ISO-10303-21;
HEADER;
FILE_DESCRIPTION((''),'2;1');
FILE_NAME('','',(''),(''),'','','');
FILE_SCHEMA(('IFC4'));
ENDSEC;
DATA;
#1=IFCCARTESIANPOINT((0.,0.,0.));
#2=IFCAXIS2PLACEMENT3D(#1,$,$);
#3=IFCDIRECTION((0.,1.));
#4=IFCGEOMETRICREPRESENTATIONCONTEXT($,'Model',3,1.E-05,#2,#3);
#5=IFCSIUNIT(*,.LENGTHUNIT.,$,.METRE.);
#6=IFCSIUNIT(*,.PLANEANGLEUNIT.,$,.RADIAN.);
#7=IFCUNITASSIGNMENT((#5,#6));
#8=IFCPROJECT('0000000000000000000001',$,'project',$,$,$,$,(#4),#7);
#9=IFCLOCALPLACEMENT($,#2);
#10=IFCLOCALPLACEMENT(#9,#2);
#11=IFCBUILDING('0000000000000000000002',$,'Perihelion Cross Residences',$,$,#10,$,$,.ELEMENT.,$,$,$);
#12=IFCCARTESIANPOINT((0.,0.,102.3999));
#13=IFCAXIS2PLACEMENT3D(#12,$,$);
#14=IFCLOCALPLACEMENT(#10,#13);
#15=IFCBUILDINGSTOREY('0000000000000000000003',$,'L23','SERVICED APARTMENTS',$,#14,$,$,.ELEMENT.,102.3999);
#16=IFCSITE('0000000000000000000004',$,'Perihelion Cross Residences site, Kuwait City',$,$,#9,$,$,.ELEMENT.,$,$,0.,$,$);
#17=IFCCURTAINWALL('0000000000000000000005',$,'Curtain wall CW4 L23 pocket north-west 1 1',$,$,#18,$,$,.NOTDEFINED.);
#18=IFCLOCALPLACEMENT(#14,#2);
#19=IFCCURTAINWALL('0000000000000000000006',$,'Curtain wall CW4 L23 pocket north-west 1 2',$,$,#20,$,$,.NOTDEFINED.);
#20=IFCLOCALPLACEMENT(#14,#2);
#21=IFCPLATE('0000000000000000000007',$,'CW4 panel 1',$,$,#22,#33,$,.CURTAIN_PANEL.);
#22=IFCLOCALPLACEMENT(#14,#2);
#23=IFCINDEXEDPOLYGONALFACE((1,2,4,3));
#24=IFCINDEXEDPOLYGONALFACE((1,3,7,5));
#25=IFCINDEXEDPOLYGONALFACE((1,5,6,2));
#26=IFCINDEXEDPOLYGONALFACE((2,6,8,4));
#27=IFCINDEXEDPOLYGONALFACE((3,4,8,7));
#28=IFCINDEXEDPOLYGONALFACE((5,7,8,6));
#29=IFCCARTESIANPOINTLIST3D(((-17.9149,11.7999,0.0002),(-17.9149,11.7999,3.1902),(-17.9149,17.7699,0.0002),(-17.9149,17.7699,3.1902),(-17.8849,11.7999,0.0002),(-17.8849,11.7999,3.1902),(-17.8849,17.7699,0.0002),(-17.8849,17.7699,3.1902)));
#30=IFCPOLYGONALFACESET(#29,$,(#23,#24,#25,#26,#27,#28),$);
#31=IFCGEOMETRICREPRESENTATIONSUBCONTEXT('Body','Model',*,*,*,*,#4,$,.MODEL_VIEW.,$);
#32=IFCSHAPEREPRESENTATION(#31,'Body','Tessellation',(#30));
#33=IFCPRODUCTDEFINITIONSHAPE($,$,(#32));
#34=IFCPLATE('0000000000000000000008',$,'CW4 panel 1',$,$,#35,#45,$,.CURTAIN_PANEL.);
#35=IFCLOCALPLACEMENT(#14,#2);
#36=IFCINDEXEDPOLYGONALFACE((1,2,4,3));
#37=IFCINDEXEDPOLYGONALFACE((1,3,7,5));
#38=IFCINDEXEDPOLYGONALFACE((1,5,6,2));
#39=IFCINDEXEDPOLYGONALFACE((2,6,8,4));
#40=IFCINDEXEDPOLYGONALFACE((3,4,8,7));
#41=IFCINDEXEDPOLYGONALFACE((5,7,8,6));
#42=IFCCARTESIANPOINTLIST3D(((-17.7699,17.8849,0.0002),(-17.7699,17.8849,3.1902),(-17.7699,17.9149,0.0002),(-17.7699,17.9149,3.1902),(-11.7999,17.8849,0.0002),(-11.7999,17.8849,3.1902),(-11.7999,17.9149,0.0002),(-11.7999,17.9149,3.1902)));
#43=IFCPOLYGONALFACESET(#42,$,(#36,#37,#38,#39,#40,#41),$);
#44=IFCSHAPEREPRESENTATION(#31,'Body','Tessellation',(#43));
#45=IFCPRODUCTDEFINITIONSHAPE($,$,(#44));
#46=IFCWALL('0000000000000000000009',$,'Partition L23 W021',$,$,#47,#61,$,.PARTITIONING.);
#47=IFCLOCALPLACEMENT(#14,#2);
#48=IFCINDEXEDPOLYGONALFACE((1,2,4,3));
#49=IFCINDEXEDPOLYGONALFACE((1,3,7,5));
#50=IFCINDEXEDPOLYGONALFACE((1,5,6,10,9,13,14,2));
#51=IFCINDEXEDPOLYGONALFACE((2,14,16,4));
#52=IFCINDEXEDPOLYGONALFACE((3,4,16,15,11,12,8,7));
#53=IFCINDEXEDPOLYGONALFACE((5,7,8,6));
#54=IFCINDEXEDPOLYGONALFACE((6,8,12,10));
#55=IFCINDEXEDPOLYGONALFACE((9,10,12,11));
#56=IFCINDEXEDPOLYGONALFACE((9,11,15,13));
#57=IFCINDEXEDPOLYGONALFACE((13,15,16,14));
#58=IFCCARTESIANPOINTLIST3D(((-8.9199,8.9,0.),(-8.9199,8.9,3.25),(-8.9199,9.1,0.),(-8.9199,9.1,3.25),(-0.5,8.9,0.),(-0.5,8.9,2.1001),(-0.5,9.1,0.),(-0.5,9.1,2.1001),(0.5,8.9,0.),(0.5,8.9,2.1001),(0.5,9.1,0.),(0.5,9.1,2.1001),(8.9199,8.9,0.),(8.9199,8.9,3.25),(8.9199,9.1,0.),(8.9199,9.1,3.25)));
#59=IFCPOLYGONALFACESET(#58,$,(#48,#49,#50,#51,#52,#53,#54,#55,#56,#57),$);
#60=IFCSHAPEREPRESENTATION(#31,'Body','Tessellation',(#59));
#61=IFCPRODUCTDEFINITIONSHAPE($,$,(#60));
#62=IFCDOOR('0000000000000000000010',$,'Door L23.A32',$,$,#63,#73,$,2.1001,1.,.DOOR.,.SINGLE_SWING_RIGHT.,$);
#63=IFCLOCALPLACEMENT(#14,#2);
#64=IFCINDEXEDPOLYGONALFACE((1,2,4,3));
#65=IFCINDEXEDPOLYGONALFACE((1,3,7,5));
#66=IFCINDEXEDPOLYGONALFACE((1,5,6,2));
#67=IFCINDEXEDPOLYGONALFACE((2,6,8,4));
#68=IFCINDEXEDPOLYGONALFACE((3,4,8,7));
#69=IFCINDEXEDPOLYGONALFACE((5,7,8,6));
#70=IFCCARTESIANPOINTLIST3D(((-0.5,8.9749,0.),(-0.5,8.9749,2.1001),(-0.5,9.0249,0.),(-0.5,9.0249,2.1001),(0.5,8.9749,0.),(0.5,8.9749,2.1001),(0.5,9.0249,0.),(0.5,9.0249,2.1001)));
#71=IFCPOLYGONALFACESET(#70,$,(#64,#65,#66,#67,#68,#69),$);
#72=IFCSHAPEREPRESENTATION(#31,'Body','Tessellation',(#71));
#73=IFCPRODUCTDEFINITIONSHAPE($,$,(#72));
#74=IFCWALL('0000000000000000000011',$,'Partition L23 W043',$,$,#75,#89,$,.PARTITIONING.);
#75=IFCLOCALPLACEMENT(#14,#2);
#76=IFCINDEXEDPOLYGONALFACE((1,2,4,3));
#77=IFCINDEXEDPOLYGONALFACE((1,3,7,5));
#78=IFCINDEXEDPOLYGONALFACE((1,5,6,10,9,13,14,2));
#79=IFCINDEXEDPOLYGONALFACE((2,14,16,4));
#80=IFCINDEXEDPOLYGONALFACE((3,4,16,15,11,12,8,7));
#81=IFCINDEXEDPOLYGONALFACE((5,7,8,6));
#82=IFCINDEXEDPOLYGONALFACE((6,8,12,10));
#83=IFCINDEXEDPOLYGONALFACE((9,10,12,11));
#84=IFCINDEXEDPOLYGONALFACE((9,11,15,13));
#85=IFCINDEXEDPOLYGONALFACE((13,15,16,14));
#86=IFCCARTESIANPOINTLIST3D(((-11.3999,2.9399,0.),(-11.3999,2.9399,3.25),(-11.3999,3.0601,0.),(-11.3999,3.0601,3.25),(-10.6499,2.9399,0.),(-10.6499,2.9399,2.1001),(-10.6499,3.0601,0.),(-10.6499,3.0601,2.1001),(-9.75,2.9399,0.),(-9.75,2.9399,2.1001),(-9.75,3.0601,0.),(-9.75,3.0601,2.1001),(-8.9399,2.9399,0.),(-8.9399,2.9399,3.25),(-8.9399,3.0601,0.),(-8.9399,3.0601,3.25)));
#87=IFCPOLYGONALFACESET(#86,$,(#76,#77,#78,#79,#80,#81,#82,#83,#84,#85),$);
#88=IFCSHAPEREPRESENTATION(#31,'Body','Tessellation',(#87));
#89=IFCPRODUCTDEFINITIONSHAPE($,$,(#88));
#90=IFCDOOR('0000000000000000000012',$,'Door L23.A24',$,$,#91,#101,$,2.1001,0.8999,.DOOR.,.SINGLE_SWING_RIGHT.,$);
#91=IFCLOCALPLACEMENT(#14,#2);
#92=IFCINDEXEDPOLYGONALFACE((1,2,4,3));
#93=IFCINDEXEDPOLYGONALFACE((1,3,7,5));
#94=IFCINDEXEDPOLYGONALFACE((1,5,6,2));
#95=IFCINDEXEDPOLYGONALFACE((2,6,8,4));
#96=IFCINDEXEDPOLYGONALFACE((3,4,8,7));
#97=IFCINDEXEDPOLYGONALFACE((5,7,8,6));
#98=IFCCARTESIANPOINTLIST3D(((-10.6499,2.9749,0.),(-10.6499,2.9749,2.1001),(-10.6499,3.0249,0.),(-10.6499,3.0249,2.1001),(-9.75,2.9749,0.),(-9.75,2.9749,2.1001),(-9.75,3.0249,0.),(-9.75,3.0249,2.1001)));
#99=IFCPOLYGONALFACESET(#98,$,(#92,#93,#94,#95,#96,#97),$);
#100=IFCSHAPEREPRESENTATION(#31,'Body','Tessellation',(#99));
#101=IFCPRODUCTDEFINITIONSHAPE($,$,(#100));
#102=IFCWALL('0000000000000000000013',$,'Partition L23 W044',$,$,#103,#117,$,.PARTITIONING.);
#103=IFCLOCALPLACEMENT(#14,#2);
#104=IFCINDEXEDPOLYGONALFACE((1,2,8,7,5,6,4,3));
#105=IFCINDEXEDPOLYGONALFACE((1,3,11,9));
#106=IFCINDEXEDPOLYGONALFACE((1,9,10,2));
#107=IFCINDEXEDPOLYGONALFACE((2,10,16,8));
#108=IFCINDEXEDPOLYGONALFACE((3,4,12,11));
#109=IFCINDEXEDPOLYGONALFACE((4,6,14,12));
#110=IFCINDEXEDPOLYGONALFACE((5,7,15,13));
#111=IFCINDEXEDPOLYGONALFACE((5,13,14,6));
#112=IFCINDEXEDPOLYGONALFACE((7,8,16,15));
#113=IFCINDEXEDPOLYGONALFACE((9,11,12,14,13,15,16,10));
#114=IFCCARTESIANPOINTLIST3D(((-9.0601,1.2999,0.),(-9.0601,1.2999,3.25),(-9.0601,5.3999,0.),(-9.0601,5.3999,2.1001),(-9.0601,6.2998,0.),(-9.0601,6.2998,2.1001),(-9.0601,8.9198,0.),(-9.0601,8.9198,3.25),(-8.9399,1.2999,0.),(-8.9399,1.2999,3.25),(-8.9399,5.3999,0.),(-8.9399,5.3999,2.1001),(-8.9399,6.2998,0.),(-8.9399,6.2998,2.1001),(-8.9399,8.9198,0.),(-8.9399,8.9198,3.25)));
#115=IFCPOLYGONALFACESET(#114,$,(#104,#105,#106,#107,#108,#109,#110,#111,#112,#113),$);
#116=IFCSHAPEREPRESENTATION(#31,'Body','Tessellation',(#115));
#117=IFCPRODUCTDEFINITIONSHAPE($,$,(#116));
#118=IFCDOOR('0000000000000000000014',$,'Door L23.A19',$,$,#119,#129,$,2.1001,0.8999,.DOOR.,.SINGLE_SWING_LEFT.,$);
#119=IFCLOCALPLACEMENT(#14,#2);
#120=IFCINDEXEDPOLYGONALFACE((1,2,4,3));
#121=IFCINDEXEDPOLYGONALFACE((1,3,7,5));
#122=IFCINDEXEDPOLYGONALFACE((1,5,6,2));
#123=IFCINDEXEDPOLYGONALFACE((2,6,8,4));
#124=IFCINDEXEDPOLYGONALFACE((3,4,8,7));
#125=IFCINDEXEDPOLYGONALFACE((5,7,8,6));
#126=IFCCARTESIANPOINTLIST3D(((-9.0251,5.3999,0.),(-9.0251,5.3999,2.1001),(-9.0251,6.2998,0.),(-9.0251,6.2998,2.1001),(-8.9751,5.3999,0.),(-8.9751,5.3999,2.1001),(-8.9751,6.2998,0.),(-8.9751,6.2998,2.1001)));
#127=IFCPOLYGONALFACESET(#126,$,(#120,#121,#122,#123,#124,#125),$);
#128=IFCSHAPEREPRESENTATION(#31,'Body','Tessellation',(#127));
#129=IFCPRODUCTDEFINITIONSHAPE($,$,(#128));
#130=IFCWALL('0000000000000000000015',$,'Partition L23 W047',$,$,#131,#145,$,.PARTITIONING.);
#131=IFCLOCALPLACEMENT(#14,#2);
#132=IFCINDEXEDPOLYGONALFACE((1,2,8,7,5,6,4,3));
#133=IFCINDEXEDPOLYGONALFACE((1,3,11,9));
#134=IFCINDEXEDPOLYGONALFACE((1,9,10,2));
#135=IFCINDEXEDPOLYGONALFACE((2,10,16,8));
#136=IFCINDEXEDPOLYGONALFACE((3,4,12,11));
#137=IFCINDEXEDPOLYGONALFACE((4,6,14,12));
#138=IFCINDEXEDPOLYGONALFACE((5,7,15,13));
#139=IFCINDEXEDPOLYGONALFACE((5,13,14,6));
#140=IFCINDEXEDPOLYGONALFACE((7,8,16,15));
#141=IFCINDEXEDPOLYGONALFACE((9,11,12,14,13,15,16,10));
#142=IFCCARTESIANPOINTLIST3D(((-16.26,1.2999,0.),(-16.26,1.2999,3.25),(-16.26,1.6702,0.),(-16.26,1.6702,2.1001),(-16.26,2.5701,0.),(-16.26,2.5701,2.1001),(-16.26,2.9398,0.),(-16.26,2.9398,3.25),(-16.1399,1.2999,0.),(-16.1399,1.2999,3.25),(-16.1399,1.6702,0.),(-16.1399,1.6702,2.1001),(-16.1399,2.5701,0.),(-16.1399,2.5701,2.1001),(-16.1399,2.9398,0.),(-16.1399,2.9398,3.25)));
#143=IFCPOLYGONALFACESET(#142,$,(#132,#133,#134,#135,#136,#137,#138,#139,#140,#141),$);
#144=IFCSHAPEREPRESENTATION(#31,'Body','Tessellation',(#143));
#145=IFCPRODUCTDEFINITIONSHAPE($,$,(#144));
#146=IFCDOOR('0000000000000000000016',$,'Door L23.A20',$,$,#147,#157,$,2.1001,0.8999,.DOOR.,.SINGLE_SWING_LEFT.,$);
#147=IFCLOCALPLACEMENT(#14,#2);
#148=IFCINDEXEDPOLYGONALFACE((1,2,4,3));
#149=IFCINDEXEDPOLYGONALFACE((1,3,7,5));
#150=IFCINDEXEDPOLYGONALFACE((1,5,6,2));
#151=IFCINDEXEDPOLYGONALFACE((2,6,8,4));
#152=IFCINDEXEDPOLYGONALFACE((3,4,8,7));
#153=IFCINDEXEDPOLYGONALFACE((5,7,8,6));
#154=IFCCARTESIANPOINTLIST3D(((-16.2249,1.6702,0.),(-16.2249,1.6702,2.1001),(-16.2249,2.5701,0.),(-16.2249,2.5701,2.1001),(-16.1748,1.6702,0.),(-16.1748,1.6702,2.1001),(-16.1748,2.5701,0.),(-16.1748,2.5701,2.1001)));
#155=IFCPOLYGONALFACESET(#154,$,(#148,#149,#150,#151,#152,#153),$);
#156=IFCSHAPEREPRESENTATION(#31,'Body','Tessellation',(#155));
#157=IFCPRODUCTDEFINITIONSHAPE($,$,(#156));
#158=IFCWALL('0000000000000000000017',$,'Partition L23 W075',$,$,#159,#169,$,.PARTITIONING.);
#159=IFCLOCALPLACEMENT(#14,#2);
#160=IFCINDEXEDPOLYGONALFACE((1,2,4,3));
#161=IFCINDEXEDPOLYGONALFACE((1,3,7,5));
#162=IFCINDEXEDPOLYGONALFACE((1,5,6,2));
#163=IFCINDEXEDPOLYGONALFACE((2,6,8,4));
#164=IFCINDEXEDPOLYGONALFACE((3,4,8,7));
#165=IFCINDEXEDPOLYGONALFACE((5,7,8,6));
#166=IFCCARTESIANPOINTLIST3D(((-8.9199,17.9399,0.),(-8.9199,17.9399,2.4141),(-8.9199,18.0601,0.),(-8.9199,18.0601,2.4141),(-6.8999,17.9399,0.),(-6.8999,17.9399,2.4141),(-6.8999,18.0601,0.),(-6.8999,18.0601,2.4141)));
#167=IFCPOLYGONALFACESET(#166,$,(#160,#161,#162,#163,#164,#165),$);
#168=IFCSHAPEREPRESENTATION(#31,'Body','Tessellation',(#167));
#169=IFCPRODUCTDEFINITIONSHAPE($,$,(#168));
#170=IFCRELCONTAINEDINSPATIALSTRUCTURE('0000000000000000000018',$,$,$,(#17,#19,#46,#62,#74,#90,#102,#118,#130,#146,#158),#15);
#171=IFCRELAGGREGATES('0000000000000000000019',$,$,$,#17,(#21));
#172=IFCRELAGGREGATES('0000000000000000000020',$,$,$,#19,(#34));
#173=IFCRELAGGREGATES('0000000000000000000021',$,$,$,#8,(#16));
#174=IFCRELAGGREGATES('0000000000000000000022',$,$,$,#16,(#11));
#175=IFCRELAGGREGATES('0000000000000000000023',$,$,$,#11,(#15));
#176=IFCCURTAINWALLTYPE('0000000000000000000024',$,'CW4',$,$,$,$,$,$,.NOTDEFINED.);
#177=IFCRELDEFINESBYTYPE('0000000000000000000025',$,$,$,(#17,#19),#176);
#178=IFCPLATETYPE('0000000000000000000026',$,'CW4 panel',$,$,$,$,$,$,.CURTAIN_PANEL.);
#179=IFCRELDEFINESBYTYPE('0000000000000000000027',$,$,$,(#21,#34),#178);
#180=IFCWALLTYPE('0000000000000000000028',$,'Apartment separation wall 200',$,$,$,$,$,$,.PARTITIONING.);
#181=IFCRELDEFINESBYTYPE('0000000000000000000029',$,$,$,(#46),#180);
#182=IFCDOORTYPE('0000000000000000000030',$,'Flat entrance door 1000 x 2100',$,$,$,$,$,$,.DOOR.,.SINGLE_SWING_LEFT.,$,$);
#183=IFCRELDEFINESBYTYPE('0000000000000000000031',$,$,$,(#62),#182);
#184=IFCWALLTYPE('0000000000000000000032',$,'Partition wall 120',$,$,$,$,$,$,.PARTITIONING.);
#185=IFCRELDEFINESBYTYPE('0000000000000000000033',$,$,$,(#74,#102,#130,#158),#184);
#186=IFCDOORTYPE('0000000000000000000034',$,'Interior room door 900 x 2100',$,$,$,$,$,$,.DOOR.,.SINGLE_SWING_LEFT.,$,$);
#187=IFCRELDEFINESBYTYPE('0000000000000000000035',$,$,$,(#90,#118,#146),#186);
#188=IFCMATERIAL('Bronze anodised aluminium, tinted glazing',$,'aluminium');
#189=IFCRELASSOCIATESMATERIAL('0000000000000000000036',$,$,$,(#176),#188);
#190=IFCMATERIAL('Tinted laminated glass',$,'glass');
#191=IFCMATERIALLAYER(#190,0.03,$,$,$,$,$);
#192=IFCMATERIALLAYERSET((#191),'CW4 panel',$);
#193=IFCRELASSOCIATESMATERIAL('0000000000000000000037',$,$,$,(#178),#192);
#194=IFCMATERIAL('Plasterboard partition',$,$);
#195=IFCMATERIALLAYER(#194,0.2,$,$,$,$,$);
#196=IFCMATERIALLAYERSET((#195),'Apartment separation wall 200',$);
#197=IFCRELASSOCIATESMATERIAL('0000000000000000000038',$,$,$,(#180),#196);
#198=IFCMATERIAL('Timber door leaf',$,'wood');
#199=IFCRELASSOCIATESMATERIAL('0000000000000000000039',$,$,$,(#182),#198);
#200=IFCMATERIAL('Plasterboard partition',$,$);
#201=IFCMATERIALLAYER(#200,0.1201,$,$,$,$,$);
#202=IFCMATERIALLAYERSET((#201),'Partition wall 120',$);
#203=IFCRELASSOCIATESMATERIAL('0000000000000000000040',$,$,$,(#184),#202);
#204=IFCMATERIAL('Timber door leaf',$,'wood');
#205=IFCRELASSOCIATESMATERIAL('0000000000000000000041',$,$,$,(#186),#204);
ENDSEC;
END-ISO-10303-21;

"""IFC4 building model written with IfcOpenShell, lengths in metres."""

from ifc_helpers import new_model, si_unit, direction, frame, frame_2d, origin, origin_2d, place, context, subcontext, project, spatial, rectangle, extrude, material, layer, layer_set, type_object, element, fill, aggregate, save


model = new_model("IFC4")

# Units and contexts
model_context = context("Model", 3, precision=1e-05, world=origin(), true_north=direction((0.0, 1.0)))
body_context = subcontext(model_context, "Body", "Model", "MODEL_VIEW")
ifc_project = project(units=[si_unit("LENGTHUNIT", "METRE"), si_unit("PLANEANGLEUNIT", "RADIAN")], contexts=[model_context])

# Site, building, storey
site_placement = place(None, origin())
site = spatial("IfcSite", under=ifc_project, at=site_placement, Name="Perihelion Cross Residences site, Kuwait City", CompositionType="ELEMENT", RefElevation=0.0)
building_placement = place(site_placement, origin())
building = spatial("IfcBuilding", under=site, at=building_placement, Name="Perihelion Cross Residences", CompositionType="ELEMENT")
storey_placement = place(building_placement, frame((0.0, 0.0, 102.3999)))
storey = spatial("IfcBuildingStorey", under=building, at=storey_placement, Name="L23", Description="SERVICED APARTMENTS", CompositionType="ELEMENT", Elevation=102.3999)

# Curtain wall
ifc_material_1 = material(Name="Bronze anodised aluminium, tinted glazing", Category="aluminium")
curtain_wall_type_1 = type_object("IfcCurtainWallType", Name="CW4", PredefinedType="NOTDEFINED", material=ifc_material_1)
curtain_wall_1_placement = place(storey_placement, origin())
curtain_wall_1 = element("IfcCurtainWall", 1, at=curtain_wall_1_placement, inside=storey, type_object=curtain_wall_type_1, Name="Curtain wall CW4 L23 pocket north-west 1 1", PredefinedType="NOTDEFINED")

# Curtain wall
curtain_wall_2_placement = place(storey_placement, origin())
curtain_wall_2 = element("IfcCurtainWall", 2, at=curtain_wall_2_placement, inside=storey, type_object=curtain_wall_type_1, Name="Curtain wall CW4 L23 pocket north-west 1 2", PredefinedType="NOTDEFINED")

# Plates
ifc_material_2 = material(Name="Tinted laminated glass", Category="glass")
ifc_layer_1 = layer(ifc_material_2, 0.03)
ifc_layer_set_1 = layer_set([ifc_layer_1], Name="CW4 panel")
plate_type_1 = type_object("IfcPlateType", Name="CW4 panel", PredefinedType="CURTAIN_PANEL", material=ifc_layer_set_1)
plate_1_placement = place(storey_placement, frame((-17.8999, 14.7849, 0.0002), z_axis=(0.0, 0.0, 1.0), x_axis=(0.0, 1.0, 0.0)))
plate_1 = element("IfcPlate", 3, at=plate_1_placement, type_object=plate_type_1, Name="CW4 panel 1", PredefinedType="CURTAIN_PANEL", context=body_context, shape_type="SweptSolid", body=[
    extrude(rectangle(XDim=5.97, YDim=0.03, at=origin_2d()), origin(), (0.0, 0.0, 1.0), 3.1899),
])
aggregate(curtain_wall_1, [plate_1])
plate_2_placement = place(storey_placement, frame((-14.7849, 17.8999, 0.0002), z_axis=(0.0, 0.0, 1.0), x_axis=(1.0, 0.0, 0.0)))
plate_2 = element("IfcPlate", 4, at=plate_2_placement, type_object=plate_type_1, Name="CW4 panel 1", PredefinedType="CURTAIN_PANEL", context=body_context, shape_type="SweptSolid", body=[
    extrude(rectangle(XDim=5.97, YDim=0.03, at=origin_2d()), origin(), (0.0, 0.0, 1.0), 3.1899),
])
aggregate(curtain_wall_2, [plate_2])

# Walls, openings, doors
ifc_material_3 = material(Name="Plasterboard partition")
ifc_layer_2 = layer(ifc_material_3, 0.2)
ifc_layer_set_2 = layer_set([ifc_layer_2], Name="Apartment separation wall 200")
wall_type_1 = type_object("IfcWallType", Name="Apartment separation wall 200", PredefinedType="PARTITIONING", material=ifc_layer_set_2)
wall_1_placement = place(storey_placement, frame((-8.9199, 9.0, 0.0), z_axis=(0.0, 0.0, 1.0), x_axis=(1.0, 0.0, 0.0)))
wall_1 = element("IfcWall", 5, at=wall_1_placement, inside=storey, type_object=wall_type_1, Name="Partition L23 W021", PredefinedType="PARTITIONING", context=body_context, shape_type="SweptSolid", body=[
    extrude(rectangle(XDim=17.8398, YDim=0.2, at=frame_2d((8.9199, 0.0))), origin(), (0.0, 0.0, 1.0), 3.25),
])
opening_1_placement = place(wall_1_placement, frame((8.4199, 0.0, 0.0)))
opening_1 = element("IfcOpeningElement", 6, at=opening_1_placement, cuts=wall_1, PredefinedType="OPENING", context=body_context, shape_type="SweptSolid", body=[
    extrude(rectangle(XDim=1.0, YDim=2.1001, at=frame_2d((0.5, 1.05))), frame((0.0, 0.1099, 0.0), z_axis=(0.0, -1.0, 0.0), x_axis=(1.0, 0.0, 0.0)), (0.0, 0.0, 1.0), 0.22),
])
ifc_material_4 = material(Name="Timber door leaf", Category="wood")
door_type_1 = type_object("IfcDoorType", Name="Flat entrance door 1000 x 2100", OperationType="SINGLE_SWING_LEFT", PredefinedType="DOOR", material=ifc_material_4)
door_1_placement = place(opening_1_placement, origin())
door_1 = element("IfcDoor", 7, at=door_1_placement, inside=storey, type_object=door_type_1, Name="Door L23.A32", OperationType="SINGLE_SWING_RIGHT", OverallHeight=2.1001, OverallWidth=1.0, PredefinedType="DOOR", context=body_context, shape_type="SweptSolid", body=[
    extrude(rectangle(XDim=1.0, YDim=2.1001, at=frame_2d((0.5, 1.05))), frame((0.0, 0.0249, 0.0), z_axis=(0.0, -1.0, 0.0), x_axis=(1.0, 0.0, 0.0)), (0.0, 0.0, 1.0), 0.05),
])
fill(opening_1, door_1)
ifc_material_5 = material(Name="Plasterboard partition")
ifc_layer_3 = layer(ifc_material_5, 0.1201)
ifc_layer_set_3 = layer_set([ifc_layer_3], Name="Partition wall 120")
wall_type_2 = type_object("IfcWallType", Name="Partition wall 120", PredefinedType="PARTITIONING", material=ifc_layer_set_3)
wall_2_placement = place(storey_placement, frame((-11.3999, 3.0, 0.0), z_axis=(0.0, 0.0, 1.0), x_axis=(1.0, 0.0, 0.0)))
wall_2 = element("IfcWall", 8, at=wall_2_placement, inside=storey, type_object=wall_type_2, Name="Partition L23 W043", PredefinedType="PARTITIONING", context=body_context, shape_type="SweptSolid", body=[
    extrude(rectangle(XDim=2.46, YDim=0.1201, at=frame_2d((1.23, 0.0))), origin(), (0.0, 0.0, 1.0), 3.25),
])
opening_2_placement = place(wall_2_placement, frame((0.75, 0.0, 0.0)))
opening_2 = element("IfcOpeningElement", 9, at=opening_2_placement, cuts=wall_2, PredefinedType="OPENING", context=body_context, shape_type="SweptSolid", body=[
    extrude(rectangle(XDim=0.8999, YDim=2.1001, at=frame_2d((0.45, 1.05))), frame((0.0, 0.0701, 0.0), z_axis=(0.0, -1.0, 0.0), x_axis=(1.0, 0.0, 0.0)), (0.0, 0.0, 1.0), 0.1401),
])
ifc_material_6 = material(Name="Timber door leaf", Category="wood")
door_type_2 = type_object("IfcDoorType", Name="Interior room door 900 x 2100", OperationType="SINGLE_SWING_LEFT", PredefinedType="DOOR", material=ifc_material_6)
door_2_placement = place(opening_2_placement, origin())
door_2 = element("IfcDoor", 10, at=door_2_placement, inside=storey, type_object=door_type_2, Name="Door L23.A24", OperationType="SINGLE_SWING_RIGHT", OverallHeight=2.1001, OverallWidth=0.8999, PredefinedType="DOOR", context=body_context, shape_type="SweptSolid", body=[
    extrude(rectangle(XDim=0.8999, YDim=2.1001, at=frame_2d((0.45, 1.05))), frame((0.0, 0.0249, 0.0), z_axis=(0.0, -1.0, 0.0), x_axis=(1.0, 0.0, 0.0)), (0.0, 0.0, 1.0), 0.05),
])
fill(opening_2, door_2)
wall_3_placement = place(storey_placement, frame((-9.0, 8.9199, 0.0), z_axis=(0.0, 0.0, 1.0), x_axis=(0.0, -1.0, 0.0)))
wall_3 = element("IfcWall", 11, at=wall_3_placement, inside=storey, type_object=wall_type_2, Name="Partition L23 W044", PredefinedType="PARTITIONING", context=body_context, shape_type="SweptSolid", body=[
    extrude(rectangle(XDim=7.6199, YDim=0.1201, at=frame_2d((3.8101, 0.0))), origin(), (0.0, 0.0, 1.0), 3.25),
])
opening_3_placement = place(wall_3_placement, frame((2.6201, 0.0, 0.0)))
opening_3 = element("IfcOpeningElement", 12, at=opening_3_placement, cuts=wall_3, PredefinedType="OPENING", context=body_context, shape_type="SweptSolid", body=[
    extrude(rectangle(XDim=0.8999, YDim=2.1001, at=frame_2d((0.45, 1.05))), frame((0.0, 0.0701, 0.0), z_axis=(0.0, -1.0, 0.0), x_axis=(1.0, 0.0, 0.0)), (0.0, 0.0, 1.0), 0.1401),
])
door_3_placement = place(opening_3_placement, origin())
door_3 = element("IfcDoor", 13, at=door_3_placement, inside=storey, type_object=door_type_2, Name="Door L23.A19", OperationType="SINGLE_SWING_LEFT", OverallHeight=2.1001, OverallWidth=0.8999, PredefinedType="DOOR", context=body_context, shape_type="SweptSolid", body=[
    extrude(rectangle(XDim=0.8999, YDim=2.1001, at=frame_2d((0.45, 1.05))), frame((0.0, 0.0249, 0.0), z_axis=(0.0, -1.0, 0.0), x_axis=(1.0, 0.0, 0.0)), (0.0, 0.0, 1.0), 0.05),
])
fill(opening_3, door_3)
wall_4_placement = place(storey_placement, frame((-16.2, 1.3, 0.0), z_axis=(0.0, 0.0, 1.0), x_axis=(0.0, 1.0, 0.0)))
wall_4 = element("IfcWall", 14, at=wall_4_placement, inside=storey, type_object=wall_type_2, Name="Partition L23 W047", PredefinedType="PARTITIONING", context=body_context, shape_type="SweptSolid", body=[
    extrude(rectangle(XDim=1.6399, YDim=0.1201, at=frame_2d((0.8198, 0.0))), origin(), (0.0, 0.0, 1.0), 3.25),
])
opening_4_placement = place(wall_4_placement, frame((0.3701, 0.0, 0.0)))
opening_4 = element("IfcOpeningElement", 15, at=opening_4_placement, cuts=wall_4, PredefinedType="OPENING", context=body_context, shape_type="SweptSolid", body=[
    extrude(rectangle(XDim=0.8999, YDim=2.1001, at=frame_2d((0.45, 1.05))), frame((0.0, 0.0701, 0.0), z_axis=(0.0, -1.0, 0.0), x_axis=(1.0, 0.0, 0.0)), (0.0, 0.0, 1.0), 0.1401),
])
door_4_placement = place(opening_4_placement, origin())
door_4 = element("IfcDoor", 16, at=door_4_placement, inside=storey, type_object=door_type_2, Name="Door L23.A20", OperationType="SINGLE_SWING_LEFT", OverallHeight=2.1001, OverallWidth=0.8999, PredefinedType="DOOR", context=body_context, shape_type="SweptSolid", body=[
    extrude(rectangle(XDim=0.8999, YDim=2.1001, at=frame_2d((0.45, 1.05))), frame((0.0, 0.0249, 0.0), z_axis=(0.0, -1.0, 0.0), x_axis=(1.0, 0.0, 0.0)), (0.0, 0.0, 1.0), 0.05),
])
fill(opening_4, door_4)

# Wall
wall_5_placement = place(storey_placement, frame((-8.9199, 18.0, 0.0), z_axis=(0.0, 0.0, 1.0), x_axis=(1.0, 0.0, 0.0)))
element("IfcWall", 17, at=wall_5_placement, inside=storey, type_object=wall_type_2, Name="Partition L23 W075", PredefinedType="PARTITIONING", context=body_context, shape_type="SweptSolid", body=[
    extrude(rectangle(XDim=2.02, YDim=0.1201, at=frame_2d((1.01, 0.0))), origin(), (0.0, 0.0, 1.0), 2.4141),
])

save(model, "model.ifc")
